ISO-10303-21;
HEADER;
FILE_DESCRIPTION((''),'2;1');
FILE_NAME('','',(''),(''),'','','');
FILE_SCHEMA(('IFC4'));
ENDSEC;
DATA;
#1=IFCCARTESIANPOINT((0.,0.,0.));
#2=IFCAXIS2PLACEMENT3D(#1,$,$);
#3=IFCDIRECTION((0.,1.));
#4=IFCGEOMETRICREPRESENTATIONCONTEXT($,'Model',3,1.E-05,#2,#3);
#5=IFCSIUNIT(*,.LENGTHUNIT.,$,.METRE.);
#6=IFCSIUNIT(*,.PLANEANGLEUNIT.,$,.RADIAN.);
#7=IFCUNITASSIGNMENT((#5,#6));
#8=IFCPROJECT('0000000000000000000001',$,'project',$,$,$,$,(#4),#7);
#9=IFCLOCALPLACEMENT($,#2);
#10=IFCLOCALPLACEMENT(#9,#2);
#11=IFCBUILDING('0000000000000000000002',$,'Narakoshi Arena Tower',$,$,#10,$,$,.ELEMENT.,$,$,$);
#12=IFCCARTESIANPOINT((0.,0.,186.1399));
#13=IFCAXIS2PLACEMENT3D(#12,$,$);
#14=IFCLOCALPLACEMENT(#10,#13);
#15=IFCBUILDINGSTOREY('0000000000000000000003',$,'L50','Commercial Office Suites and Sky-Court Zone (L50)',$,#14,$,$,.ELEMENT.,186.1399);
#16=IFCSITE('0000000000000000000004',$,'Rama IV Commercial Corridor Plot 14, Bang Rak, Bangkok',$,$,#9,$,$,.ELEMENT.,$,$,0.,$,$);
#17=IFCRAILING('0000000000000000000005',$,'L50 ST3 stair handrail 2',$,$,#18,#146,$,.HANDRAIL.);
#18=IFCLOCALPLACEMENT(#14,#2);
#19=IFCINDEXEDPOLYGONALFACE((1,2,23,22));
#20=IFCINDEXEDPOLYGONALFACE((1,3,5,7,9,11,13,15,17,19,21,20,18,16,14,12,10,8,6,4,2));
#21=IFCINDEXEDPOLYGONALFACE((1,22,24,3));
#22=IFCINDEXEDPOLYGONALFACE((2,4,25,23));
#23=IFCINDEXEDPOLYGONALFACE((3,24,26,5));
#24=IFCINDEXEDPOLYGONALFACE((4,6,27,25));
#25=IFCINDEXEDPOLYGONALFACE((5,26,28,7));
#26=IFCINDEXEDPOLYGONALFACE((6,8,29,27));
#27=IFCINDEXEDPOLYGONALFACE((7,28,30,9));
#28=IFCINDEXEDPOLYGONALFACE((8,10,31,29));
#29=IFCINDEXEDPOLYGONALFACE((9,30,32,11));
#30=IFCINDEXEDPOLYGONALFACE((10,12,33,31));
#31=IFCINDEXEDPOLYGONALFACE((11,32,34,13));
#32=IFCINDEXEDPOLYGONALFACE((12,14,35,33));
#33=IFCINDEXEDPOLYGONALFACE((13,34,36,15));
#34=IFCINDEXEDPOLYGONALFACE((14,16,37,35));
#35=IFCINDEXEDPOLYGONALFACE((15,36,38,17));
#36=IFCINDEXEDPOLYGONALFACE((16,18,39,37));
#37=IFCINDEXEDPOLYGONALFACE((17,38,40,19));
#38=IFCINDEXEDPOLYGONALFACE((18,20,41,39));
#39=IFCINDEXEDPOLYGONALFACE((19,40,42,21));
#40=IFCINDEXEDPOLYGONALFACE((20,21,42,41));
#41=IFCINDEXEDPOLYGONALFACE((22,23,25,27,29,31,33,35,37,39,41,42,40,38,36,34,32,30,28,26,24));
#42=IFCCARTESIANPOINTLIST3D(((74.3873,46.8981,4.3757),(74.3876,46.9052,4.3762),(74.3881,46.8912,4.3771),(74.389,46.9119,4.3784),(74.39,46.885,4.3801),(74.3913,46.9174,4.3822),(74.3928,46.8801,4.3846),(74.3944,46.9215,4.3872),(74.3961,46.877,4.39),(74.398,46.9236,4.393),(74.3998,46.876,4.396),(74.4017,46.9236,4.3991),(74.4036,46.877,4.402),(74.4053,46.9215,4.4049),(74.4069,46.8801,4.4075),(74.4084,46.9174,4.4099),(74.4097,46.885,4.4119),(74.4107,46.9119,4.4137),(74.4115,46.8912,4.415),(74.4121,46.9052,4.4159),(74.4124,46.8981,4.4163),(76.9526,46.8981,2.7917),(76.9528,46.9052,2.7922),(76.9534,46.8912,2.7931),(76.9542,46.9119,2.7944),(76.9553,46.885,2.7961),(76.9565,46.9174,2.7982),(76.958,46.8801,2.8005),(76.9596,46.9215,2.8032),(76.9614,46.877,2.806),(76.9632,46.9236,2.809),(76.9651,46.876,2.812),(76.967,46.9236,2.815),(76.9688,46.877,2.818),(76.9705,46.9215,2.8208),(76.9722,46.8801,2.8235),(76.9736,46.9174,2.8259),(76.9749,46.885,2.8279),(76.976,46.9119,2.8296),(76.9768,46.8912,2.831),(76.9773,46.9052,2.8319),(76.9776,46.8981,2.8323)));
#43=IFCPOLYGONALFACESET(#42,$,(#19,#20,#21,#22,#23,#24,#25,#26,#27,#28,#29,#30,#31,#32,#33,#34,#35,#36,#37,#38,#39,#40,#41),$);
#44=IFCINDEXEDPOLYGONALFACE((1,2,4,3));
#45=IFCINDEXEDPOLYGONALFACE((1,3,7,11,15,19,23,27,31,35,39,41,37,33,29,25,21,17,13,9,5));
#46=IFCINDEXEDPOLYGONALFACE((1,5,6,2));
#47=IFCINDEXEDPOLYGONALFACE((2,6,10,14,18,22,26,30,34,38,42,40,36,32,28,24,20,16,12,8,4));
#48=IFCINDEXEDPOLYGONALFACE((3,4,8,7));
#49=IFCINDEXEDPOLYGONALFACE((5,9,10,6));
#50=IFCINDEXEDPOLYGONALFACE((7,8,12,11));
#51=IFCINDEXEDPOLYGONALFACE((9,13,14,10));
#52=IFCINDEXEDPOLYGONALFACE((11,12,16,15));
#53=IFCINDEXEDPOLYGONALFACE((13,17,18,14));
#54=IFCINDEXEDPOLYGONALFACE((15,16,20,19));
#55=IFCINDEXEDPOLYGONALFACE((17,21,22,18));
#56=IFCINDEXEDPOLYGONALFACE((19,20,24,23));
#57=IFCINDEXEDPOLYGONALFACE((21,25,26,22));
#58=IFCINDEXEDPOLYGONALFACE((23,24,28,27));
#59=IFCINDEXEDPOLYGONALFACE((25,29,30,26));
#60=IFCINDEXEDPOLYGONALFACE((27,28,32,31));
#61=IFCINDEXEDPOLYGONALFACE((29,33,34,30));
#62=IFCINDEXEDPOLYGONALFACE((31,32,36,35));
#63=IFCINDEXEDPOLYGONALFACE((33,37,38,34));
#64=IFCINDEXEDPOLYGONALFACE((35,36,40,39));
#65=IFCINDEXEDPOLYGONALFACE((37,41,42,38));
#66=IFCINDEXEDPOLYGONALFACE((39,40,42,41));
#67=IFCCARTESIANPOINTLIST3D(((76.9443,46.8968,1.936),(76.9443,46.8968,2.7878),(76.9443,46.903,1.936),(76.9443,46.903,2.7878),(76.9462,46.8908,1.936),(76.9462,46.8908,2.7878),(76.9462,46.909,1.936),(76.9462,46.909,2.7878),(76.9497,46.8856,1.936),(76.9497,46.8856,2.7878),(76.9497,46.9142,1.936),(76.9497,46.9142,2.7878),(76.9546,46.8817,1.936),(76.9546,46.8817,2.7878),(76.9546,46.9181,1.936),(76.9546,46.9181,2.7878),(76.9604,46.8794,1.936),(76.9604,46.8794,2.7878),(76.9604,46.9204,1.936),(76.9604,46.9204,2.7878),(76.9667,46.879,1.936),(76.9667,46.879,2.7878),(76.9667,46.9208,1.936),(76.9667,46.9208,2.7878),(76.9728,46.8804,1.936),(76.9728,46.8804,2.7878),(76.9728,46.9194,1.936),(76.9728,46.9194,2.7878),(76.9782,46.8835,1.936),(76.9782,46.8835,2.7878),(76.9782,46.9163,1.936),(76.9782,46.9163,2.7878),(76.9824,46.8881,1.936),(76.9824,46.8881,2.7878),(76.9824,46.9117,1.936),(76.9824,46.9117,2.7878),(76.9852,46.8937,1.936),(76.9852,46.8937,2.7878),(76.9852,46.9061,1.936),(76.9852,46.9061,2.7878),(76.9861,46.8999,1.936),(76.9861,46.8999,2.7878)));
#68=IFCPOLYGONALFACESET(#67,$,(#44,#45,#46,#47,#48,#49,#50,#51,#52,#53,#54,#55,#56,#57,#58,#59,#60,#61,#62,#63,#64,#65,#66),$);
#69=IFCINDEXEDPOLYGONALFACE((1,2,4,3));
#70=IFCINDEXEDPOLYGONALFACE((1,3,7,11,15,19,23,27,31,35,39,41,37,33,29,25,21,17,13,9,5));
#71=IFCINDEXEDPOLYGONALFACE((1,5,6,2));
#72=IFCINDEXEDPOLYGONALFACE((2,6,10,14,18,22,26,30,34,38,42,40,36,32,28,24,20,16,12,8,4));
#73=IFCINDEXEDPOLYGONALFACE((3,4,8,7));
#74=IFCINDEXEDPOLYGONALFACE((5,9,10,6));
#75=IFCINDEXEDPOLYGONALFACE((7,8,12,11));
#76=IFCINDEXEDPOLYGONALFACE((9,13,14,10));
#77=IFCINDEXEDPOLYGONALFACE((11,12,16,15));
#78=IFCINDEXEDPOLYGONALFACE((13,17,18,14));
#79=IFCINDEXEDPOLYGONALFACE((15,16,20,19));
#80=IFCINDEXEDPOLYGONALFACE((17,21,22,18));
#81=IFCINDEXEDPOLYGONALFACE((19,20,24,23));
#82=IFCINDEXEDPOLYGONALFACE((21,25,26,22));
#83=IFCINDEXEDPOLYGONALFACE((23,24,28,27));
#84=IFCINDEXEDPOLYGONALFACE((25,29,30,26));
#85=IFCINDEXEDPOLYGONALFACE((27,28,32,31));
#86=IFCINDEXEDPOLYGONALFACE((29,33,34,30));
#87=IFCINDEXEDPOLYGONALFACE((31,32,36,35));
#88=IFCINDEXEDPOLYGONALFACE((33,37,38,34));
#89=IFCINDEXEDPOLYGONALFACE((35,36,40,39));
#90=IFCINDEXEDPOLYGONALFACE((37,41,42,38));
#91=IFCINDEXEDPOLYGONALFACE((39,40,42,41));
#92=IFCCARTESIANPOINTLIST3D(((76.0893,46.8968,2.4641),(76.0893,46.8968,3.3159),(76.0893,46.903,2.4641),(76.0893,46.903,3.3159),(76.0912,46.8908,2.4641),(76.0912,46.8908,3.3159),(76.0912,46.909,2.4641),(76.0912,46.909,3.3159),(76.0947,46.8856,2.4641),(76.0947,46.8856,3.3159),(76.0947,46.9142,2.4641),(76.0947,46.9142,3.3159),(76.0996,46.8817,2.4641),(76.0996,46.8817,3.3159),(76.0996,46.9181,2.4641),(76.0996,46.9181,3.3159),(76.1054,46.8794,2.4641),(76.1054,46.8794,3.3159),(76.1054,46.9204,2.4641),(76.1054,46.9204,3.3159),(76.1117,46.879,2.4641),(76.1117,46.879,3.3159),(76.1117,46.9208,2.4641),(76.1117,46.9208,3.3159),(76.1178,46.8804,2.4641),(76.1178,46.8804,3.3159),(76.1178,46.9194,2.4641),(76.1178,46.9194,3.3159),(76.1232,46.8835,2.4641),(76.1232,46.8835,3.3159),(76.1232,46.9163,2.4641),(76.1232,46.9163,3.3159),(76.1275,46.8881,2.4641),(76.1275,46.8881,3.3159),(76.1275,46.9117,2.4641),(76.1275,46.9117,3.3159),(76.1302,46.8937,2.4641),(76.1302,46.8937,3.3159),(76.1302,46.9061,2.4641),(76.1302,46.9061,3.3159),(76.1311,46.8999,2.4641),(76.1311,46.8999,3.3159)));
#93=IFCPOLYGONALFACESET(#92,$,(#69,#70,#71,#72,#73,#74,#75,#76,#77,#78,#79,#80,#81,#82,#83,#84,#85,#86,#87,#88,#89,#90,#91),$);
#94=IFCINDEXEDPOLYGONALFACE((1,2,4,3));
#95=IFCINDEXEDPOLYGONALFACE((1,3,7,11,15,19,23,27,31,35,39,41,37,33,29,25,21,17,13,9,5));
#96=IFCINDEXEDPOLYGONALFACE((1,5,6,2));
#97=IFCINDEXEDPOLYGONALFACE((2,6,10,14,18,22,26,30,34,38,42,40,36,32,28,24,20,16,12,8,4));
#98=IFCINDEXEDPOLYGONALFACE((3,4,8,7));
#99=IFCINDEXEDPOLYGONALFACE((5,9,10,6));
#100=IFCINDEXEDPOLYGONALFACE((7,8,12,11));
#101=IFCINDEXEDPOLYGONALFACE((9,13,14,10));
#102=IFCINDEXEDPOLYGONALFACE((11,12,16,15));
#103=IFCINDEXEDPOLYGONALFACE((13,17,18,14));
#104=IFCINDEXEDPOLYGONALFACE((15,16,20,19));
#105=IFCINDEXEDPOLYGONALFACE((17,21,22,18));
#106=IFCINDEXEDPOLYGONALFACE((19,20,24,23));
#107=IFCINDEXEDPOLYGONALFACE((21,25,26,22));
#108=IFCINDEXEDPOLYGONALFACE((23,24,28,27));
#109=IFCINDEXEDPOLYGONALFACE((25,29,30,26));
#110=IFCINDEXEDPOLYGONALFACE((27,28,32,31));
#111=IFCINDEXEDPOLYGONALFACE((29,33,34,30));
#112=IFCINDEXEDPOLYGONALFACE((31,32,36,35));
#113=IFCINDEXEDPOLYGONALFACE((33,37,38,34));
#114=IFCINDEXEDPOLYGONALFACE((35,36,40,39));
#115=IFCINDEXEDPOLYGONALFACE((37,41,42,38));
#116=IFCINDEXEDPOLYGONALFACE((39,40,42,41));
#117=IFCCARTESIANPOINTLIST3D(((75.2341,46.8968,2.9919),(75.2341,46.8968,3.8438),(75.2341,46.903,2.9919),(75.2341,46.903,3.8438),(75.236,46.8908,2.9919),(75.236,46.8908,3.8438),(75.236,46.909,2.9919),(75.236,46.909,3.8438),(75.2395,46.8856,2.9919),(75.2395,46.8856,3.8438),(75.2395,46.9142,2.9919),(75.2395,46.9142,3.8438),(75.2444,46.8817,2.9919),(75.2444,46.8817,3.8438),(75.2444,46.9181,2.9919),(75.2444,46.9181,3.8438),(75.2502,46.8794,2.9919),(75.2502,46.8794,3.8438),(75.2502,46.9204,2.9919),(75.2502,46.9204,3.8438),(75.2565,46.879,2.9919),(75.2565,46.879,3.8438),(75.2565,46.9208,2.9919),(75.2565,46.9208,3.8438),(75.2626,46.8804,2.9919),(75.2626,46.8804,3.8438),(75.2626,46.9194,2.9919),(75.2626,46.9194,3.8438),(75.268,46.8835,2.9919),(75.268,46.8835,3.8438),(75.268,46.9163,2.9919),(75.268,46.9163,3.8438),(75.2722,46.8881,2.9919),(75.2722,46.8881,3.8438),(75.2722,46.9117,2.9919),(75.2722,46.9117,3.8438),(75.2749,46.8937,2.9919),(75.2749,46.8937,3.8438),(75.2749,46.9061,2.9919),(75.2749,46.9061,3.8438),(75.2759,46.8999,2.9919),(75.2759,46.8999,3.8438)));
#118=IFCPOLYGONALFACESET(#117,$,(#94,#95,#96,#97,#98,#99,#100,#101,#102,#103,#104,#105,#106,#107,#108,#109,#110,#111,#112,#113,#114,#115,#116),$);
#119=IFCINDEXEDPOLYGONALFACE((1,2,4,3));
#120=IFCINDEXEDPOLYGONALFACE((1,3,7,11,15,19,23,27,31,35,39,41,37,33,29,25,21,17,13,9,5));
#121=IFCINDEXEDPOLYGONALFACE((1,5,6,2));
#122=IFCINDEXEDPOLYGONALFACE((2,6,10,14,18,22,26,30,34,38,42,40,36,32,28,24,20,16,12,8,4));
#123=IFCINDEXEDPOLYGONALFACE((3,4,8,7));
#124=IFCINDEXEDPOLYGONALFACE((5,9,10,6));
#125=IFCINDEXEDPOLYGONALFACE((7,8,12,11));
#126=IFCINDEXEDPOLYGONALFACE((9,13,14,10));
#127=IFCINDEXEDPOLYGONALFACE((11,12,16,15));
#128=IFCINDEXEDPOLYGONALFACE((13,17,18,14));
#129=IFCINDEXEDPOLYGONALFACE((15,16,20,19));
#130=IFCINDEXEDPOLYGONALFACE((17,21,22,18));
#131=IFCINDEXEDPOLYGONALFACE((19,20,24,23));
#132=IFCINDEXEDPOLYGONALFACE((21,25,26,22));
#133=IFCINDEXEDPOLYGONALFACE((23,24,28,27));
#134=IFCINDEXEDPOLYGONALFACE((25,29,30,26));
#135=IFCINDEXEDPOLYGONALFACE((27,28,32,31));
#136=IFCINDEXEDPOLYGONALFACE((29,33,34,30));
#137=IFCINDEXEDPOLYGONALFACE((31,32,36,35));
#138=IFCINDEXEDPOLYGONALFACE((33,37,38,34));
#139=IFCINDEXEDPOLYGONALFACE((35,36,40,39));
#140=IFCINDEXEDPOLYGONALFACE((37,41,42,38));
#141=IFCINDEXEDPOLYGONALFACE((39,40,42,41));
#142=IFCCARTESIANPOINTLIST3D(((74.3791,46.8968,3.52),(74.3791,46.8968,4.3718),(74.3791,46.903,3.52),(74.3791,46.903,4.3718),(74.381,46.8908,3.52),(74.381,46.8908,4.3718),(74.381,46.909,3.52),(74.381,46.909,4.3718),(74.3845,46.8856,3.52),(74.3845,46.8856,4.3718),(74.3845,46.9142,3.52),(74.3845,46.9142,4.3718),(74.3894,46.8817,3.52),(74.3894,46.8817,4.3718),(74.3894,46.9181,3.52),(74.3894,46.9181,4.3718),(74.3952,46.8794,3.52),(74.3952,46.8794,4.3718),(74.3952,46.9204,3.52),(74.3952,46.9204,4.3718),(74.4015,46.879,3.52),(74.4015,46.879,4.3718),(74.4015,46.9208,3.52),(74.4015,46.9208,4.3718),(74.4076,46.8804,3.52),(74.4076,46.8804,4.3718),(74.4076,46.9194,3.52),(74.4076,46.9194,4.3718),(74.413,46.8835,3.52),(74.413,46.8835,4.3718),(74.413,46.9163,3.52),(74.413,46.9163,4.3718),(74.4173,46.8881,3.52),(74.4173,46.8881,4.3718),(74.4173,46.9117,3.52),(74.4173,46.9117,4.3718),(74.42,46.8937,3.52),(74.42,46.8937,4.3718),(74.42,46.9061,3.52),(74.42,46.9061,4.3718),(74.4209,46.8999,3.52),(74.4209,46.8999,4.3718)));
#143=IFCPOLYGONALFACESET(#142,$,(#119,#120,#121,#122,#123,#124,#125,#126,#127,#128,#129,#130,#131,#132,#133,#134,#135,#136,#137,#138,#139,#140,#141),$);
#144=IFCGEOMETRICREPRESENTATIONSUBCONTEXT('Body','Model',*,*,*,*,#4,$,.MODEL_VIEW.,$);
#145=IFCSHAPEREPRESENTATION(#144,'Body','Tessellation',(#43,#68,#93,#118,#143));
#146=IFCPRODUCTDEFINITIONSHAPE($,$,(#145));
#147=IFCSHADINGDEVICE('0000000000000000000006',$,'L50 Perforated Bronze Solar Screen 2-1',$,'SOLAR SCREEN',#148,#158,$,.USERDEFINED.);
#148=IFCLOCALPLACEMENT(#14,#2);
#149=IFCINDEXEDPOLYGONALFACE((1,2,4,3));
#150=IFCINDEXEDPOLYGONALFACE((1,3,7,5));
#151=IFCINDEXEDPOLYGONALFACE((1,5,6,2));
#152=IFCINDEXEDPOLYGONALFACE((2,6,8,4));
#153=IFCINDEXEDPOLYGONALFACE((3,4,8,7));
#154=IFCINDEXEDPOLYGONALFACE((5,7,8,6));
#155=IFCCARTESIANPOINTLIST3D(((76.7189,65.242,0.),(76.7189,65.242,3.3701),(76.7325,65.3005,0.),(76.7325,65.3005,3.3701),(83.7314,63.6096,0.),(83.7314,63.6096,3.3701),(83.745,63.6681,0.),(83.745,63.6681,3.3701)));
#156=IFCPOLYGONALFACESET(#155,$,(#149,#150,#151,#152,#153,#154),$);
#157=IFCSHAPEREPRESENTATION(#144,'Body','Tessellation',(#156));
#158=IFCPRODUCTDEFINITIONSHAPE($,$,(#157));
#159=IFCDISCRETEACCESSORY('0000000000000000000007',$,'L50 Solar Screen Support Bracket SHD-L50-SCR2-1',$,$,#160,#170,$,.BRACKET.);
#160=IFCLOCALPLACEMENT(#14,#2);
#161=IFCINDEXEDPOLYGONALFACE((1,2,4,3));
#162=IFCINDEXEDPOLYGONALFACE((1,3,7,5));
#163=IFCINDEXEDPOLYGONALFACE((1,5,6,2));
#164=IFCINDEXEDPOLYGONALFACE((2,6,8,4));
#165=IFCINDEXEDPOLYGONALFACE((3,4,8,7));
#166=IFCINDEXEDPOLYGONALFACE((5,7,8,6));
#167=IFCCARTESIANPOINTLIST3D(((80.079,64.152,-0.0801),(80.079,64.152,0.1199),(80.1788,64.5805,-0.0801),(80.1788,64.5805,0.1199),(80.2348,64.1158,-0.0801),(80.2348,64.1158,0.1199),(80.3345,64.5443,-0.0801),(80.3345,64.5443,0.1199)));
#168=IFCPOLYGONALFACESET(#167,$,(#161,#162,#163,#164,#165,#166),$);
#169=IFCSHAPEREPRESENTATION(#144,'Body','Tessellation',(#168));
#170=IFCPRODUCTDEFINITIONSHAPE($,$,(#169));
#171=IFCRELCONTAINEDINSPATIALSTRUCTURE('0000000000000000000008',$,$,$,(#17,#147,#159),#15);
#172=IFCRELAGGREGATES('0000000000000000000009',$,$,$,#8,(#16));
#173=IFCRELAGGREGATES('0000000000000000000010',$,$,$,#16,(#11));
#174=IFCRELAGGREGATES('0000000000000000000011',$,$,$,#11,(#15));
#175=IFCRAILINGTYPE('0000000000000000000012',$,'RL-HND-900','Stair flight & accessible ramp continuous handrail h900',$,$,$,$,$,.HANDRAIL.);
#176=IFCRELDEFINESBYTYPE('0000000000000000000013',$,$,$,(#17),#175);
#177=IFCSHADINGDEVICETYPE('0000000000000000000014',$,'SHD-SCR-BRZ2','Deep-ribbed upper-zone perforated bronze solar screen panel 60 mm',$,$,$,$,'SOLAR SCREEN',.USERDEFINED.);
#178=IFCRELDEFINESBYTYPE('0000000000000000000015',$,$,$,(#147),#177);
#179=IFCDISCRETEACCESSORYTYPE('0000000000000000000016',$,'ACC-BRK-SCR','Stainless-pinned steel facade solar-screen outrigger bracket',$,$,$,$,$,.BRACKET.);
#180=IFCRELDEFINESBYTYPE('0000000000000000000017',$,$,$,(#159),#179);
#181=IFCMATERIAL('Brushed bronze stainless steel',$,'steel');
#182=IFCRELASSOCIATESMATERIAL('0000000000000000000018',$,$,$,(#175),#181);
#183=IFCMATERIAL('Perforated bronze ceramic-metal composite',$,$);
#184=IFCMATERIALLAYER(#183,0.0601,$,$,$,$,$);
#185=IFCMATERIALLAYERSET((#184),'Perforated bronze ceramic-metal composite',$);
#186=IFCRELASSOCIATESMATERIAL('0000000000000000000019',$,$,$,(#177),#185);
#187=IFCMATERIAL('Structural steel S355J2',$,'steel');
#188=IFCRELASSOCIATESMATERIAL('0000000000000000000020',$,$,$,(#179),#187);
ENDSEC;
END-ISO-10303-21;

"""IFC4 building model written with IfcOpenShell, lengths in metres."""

from ifc_helpers import new_model, si_unit, direction, frame, origin, origin_2d, place, context, subcontext, project, spatial, rectangle, circle, extrude, material, layer, layer_set, type_object, element, save


model = new_model("IFC4")

# Units and contexts
model_context = context("Model", 3, precision=1e-05, world=origin(), true_north=direction((0.0, 1.0)))
body_context = subcontext(model_context, "Body", "Model", "MODEL_VIEW")
ifc_project = project(units=[si_unit("LENGTHUNIT", "METRE"), si_unit("PLANEANGLEUNIT", "RADIAN")], contexts=[model_context])

# Site, building, storey
site_placement = place(None, origin())
site = spatial("IfcSite", under=ifc_project, at=site_placement, Name="Rama IV Commercial Corridor Plot 14, Bang Rak, Bangkok", CompositionType="ELEMENT", RefElevation=0.0)
building_placement = place(site_placement, origin())
building = spatial("IfcBuilding", under=site, at=building_placement, Name="Narakoshi Arena Tower", CompositionType="ELEMENT")
storey_placement = place(building_placement, frame((0.0, 0.0, 186.1399)))
storey = spatial("IfcBuildingStorey", under=building, at=storey_placement, Name="L50", Description="Commercial Office Suites and Sky-Court Zone (L50)", CompositionType="ELEMENT", Elevation=186.1399)

# Shared definitions
ifc_material_1 = material(Name="Structural steel S355J2", Category="steel")

# Railing
ifc_material_2 = material(Name="Brushed bronze stainless steel", Category="steel")
railing_type_1 = type_object("IfcRailingType", Name="RL-HND-900", Description="Stair flight & accessible ramp continuous handrail h900", PredefinedType="HANDRAIL", material=ifc_material_2)
railing_1_placement = place(storey_placement, frame((76.9651, 46.8999, 1.936)))
element("IfcRailing", 1, at=railing_1_placement, inside=storey, type_object=railing_type_1, Name="L50 ST3 stair handrail 2", PredefinedType="HANDRAIL", context=body_context, shape_type="SweptSolid", body=[
    extrude(circle(Radius=0.0239, at=origin_2d()), frame((0.0, 0.0, 0.876), z_axis=(-0.850857, 0.0, 0.525398), x_axis=(0.0, -1.0, 0.0)), (0.0, 0.0, 1.0), 3.0149),
    extrude(circle(Radius=0.021, at=origin_2d()), origin(), (0.0, 0.0, 1.0), 0.8518),
    extrude(circle(Radius=0.021, at=origin_2d()), frame((-0.855, 0.0, 0.5281)), (0.0, 0.0, 1.0), 0.8518),
    extrude(circle(Radius=0.021, at=origin_2d()), frame((-1.7102, 0.0, 1.0559)), (0.0, 0.0, 1.0), 0.8518),
    extrude(circle(Radius=0.021, at=origin_2d()), frame((-2.5652, 0.0, 1.584)), (0.0, 0.0, 1.0), 0.8518),
])

# Shading device
ifc_material_3 = material(Name="Perforated bronze ceramic-metal composite")
ifc_layer_1 = layer(ifc_material_3, 0.0601)
ifc_layer_set_1 = layer_set([ifc_layer_1], Name="Perforated bronze ceramic-metal composite")
shading_device_type = type_object("IfcShadingDeviceType", Name="SHD-SCR-BRZ2", Description="Deep-ribbed upper-zone perforated bronze solar screen panel 60 mm", ElementType="SOLAR SCREEN", PredefinedType="USERDEFINED", material=ifc_layer_set_1)
shading_device_placement = place(storey_placement, frame((80.2319, 64.4551, 0.0), z_axis=(0.0, 0.0, 1.0), x_axis=(-0.97396, 0.226719, 0.0)))
element("IfcShadingDevice", 2, at=shading_device_placement, inside=storey, type_object=shading_device_type, Name="L50 Perforated Bronze Solar Screen 2-1", ObjectType="SOLAR SCREEN", PredefinedType="USERDEFINED", context=body_context, shape_type="SweptSolid", body=[
    extrude(rectangle(XDim=7.2, YDim=0.0601, at=origin_2d()), origin(), (0.0, 0.0, 1.0), 3.3701),
])

# Discrete accessory
discrete_accessory_type = type_object("IfcDiscreteAccessoryType", Name="ACC-BRK-SCR", Description="Stainless-pinned steel facade solar-screen outrigger bracket", PredefinedType="BRACKET", material=ifc_material_1)
discrete_accessory_placement = place(storey_placement, frame((80.2068, 64.3481, -0.0801), z_axis=(0.0, 0.0, 1.0), x_axis=(-0.97396, 0.226719, 0.0)))
element("IfcDiscreteAccessory", 3, at=discrete_accessory_placement, inside=storey, type_object=discrete_accessory_type, Name="L50 Solar Screen Support Bracket SHD-L50-SCR2-1", PredefinedType="BRACKET", context=body_context, shape_type="SweptSolid", body=[
    extrude(rectangle(XDim=0.1599, YDim=0.4399, at=origin_2d()), origin(), (0.0, 0.0, 1.0), 0.2),
])

save(model, "model.ifc")
